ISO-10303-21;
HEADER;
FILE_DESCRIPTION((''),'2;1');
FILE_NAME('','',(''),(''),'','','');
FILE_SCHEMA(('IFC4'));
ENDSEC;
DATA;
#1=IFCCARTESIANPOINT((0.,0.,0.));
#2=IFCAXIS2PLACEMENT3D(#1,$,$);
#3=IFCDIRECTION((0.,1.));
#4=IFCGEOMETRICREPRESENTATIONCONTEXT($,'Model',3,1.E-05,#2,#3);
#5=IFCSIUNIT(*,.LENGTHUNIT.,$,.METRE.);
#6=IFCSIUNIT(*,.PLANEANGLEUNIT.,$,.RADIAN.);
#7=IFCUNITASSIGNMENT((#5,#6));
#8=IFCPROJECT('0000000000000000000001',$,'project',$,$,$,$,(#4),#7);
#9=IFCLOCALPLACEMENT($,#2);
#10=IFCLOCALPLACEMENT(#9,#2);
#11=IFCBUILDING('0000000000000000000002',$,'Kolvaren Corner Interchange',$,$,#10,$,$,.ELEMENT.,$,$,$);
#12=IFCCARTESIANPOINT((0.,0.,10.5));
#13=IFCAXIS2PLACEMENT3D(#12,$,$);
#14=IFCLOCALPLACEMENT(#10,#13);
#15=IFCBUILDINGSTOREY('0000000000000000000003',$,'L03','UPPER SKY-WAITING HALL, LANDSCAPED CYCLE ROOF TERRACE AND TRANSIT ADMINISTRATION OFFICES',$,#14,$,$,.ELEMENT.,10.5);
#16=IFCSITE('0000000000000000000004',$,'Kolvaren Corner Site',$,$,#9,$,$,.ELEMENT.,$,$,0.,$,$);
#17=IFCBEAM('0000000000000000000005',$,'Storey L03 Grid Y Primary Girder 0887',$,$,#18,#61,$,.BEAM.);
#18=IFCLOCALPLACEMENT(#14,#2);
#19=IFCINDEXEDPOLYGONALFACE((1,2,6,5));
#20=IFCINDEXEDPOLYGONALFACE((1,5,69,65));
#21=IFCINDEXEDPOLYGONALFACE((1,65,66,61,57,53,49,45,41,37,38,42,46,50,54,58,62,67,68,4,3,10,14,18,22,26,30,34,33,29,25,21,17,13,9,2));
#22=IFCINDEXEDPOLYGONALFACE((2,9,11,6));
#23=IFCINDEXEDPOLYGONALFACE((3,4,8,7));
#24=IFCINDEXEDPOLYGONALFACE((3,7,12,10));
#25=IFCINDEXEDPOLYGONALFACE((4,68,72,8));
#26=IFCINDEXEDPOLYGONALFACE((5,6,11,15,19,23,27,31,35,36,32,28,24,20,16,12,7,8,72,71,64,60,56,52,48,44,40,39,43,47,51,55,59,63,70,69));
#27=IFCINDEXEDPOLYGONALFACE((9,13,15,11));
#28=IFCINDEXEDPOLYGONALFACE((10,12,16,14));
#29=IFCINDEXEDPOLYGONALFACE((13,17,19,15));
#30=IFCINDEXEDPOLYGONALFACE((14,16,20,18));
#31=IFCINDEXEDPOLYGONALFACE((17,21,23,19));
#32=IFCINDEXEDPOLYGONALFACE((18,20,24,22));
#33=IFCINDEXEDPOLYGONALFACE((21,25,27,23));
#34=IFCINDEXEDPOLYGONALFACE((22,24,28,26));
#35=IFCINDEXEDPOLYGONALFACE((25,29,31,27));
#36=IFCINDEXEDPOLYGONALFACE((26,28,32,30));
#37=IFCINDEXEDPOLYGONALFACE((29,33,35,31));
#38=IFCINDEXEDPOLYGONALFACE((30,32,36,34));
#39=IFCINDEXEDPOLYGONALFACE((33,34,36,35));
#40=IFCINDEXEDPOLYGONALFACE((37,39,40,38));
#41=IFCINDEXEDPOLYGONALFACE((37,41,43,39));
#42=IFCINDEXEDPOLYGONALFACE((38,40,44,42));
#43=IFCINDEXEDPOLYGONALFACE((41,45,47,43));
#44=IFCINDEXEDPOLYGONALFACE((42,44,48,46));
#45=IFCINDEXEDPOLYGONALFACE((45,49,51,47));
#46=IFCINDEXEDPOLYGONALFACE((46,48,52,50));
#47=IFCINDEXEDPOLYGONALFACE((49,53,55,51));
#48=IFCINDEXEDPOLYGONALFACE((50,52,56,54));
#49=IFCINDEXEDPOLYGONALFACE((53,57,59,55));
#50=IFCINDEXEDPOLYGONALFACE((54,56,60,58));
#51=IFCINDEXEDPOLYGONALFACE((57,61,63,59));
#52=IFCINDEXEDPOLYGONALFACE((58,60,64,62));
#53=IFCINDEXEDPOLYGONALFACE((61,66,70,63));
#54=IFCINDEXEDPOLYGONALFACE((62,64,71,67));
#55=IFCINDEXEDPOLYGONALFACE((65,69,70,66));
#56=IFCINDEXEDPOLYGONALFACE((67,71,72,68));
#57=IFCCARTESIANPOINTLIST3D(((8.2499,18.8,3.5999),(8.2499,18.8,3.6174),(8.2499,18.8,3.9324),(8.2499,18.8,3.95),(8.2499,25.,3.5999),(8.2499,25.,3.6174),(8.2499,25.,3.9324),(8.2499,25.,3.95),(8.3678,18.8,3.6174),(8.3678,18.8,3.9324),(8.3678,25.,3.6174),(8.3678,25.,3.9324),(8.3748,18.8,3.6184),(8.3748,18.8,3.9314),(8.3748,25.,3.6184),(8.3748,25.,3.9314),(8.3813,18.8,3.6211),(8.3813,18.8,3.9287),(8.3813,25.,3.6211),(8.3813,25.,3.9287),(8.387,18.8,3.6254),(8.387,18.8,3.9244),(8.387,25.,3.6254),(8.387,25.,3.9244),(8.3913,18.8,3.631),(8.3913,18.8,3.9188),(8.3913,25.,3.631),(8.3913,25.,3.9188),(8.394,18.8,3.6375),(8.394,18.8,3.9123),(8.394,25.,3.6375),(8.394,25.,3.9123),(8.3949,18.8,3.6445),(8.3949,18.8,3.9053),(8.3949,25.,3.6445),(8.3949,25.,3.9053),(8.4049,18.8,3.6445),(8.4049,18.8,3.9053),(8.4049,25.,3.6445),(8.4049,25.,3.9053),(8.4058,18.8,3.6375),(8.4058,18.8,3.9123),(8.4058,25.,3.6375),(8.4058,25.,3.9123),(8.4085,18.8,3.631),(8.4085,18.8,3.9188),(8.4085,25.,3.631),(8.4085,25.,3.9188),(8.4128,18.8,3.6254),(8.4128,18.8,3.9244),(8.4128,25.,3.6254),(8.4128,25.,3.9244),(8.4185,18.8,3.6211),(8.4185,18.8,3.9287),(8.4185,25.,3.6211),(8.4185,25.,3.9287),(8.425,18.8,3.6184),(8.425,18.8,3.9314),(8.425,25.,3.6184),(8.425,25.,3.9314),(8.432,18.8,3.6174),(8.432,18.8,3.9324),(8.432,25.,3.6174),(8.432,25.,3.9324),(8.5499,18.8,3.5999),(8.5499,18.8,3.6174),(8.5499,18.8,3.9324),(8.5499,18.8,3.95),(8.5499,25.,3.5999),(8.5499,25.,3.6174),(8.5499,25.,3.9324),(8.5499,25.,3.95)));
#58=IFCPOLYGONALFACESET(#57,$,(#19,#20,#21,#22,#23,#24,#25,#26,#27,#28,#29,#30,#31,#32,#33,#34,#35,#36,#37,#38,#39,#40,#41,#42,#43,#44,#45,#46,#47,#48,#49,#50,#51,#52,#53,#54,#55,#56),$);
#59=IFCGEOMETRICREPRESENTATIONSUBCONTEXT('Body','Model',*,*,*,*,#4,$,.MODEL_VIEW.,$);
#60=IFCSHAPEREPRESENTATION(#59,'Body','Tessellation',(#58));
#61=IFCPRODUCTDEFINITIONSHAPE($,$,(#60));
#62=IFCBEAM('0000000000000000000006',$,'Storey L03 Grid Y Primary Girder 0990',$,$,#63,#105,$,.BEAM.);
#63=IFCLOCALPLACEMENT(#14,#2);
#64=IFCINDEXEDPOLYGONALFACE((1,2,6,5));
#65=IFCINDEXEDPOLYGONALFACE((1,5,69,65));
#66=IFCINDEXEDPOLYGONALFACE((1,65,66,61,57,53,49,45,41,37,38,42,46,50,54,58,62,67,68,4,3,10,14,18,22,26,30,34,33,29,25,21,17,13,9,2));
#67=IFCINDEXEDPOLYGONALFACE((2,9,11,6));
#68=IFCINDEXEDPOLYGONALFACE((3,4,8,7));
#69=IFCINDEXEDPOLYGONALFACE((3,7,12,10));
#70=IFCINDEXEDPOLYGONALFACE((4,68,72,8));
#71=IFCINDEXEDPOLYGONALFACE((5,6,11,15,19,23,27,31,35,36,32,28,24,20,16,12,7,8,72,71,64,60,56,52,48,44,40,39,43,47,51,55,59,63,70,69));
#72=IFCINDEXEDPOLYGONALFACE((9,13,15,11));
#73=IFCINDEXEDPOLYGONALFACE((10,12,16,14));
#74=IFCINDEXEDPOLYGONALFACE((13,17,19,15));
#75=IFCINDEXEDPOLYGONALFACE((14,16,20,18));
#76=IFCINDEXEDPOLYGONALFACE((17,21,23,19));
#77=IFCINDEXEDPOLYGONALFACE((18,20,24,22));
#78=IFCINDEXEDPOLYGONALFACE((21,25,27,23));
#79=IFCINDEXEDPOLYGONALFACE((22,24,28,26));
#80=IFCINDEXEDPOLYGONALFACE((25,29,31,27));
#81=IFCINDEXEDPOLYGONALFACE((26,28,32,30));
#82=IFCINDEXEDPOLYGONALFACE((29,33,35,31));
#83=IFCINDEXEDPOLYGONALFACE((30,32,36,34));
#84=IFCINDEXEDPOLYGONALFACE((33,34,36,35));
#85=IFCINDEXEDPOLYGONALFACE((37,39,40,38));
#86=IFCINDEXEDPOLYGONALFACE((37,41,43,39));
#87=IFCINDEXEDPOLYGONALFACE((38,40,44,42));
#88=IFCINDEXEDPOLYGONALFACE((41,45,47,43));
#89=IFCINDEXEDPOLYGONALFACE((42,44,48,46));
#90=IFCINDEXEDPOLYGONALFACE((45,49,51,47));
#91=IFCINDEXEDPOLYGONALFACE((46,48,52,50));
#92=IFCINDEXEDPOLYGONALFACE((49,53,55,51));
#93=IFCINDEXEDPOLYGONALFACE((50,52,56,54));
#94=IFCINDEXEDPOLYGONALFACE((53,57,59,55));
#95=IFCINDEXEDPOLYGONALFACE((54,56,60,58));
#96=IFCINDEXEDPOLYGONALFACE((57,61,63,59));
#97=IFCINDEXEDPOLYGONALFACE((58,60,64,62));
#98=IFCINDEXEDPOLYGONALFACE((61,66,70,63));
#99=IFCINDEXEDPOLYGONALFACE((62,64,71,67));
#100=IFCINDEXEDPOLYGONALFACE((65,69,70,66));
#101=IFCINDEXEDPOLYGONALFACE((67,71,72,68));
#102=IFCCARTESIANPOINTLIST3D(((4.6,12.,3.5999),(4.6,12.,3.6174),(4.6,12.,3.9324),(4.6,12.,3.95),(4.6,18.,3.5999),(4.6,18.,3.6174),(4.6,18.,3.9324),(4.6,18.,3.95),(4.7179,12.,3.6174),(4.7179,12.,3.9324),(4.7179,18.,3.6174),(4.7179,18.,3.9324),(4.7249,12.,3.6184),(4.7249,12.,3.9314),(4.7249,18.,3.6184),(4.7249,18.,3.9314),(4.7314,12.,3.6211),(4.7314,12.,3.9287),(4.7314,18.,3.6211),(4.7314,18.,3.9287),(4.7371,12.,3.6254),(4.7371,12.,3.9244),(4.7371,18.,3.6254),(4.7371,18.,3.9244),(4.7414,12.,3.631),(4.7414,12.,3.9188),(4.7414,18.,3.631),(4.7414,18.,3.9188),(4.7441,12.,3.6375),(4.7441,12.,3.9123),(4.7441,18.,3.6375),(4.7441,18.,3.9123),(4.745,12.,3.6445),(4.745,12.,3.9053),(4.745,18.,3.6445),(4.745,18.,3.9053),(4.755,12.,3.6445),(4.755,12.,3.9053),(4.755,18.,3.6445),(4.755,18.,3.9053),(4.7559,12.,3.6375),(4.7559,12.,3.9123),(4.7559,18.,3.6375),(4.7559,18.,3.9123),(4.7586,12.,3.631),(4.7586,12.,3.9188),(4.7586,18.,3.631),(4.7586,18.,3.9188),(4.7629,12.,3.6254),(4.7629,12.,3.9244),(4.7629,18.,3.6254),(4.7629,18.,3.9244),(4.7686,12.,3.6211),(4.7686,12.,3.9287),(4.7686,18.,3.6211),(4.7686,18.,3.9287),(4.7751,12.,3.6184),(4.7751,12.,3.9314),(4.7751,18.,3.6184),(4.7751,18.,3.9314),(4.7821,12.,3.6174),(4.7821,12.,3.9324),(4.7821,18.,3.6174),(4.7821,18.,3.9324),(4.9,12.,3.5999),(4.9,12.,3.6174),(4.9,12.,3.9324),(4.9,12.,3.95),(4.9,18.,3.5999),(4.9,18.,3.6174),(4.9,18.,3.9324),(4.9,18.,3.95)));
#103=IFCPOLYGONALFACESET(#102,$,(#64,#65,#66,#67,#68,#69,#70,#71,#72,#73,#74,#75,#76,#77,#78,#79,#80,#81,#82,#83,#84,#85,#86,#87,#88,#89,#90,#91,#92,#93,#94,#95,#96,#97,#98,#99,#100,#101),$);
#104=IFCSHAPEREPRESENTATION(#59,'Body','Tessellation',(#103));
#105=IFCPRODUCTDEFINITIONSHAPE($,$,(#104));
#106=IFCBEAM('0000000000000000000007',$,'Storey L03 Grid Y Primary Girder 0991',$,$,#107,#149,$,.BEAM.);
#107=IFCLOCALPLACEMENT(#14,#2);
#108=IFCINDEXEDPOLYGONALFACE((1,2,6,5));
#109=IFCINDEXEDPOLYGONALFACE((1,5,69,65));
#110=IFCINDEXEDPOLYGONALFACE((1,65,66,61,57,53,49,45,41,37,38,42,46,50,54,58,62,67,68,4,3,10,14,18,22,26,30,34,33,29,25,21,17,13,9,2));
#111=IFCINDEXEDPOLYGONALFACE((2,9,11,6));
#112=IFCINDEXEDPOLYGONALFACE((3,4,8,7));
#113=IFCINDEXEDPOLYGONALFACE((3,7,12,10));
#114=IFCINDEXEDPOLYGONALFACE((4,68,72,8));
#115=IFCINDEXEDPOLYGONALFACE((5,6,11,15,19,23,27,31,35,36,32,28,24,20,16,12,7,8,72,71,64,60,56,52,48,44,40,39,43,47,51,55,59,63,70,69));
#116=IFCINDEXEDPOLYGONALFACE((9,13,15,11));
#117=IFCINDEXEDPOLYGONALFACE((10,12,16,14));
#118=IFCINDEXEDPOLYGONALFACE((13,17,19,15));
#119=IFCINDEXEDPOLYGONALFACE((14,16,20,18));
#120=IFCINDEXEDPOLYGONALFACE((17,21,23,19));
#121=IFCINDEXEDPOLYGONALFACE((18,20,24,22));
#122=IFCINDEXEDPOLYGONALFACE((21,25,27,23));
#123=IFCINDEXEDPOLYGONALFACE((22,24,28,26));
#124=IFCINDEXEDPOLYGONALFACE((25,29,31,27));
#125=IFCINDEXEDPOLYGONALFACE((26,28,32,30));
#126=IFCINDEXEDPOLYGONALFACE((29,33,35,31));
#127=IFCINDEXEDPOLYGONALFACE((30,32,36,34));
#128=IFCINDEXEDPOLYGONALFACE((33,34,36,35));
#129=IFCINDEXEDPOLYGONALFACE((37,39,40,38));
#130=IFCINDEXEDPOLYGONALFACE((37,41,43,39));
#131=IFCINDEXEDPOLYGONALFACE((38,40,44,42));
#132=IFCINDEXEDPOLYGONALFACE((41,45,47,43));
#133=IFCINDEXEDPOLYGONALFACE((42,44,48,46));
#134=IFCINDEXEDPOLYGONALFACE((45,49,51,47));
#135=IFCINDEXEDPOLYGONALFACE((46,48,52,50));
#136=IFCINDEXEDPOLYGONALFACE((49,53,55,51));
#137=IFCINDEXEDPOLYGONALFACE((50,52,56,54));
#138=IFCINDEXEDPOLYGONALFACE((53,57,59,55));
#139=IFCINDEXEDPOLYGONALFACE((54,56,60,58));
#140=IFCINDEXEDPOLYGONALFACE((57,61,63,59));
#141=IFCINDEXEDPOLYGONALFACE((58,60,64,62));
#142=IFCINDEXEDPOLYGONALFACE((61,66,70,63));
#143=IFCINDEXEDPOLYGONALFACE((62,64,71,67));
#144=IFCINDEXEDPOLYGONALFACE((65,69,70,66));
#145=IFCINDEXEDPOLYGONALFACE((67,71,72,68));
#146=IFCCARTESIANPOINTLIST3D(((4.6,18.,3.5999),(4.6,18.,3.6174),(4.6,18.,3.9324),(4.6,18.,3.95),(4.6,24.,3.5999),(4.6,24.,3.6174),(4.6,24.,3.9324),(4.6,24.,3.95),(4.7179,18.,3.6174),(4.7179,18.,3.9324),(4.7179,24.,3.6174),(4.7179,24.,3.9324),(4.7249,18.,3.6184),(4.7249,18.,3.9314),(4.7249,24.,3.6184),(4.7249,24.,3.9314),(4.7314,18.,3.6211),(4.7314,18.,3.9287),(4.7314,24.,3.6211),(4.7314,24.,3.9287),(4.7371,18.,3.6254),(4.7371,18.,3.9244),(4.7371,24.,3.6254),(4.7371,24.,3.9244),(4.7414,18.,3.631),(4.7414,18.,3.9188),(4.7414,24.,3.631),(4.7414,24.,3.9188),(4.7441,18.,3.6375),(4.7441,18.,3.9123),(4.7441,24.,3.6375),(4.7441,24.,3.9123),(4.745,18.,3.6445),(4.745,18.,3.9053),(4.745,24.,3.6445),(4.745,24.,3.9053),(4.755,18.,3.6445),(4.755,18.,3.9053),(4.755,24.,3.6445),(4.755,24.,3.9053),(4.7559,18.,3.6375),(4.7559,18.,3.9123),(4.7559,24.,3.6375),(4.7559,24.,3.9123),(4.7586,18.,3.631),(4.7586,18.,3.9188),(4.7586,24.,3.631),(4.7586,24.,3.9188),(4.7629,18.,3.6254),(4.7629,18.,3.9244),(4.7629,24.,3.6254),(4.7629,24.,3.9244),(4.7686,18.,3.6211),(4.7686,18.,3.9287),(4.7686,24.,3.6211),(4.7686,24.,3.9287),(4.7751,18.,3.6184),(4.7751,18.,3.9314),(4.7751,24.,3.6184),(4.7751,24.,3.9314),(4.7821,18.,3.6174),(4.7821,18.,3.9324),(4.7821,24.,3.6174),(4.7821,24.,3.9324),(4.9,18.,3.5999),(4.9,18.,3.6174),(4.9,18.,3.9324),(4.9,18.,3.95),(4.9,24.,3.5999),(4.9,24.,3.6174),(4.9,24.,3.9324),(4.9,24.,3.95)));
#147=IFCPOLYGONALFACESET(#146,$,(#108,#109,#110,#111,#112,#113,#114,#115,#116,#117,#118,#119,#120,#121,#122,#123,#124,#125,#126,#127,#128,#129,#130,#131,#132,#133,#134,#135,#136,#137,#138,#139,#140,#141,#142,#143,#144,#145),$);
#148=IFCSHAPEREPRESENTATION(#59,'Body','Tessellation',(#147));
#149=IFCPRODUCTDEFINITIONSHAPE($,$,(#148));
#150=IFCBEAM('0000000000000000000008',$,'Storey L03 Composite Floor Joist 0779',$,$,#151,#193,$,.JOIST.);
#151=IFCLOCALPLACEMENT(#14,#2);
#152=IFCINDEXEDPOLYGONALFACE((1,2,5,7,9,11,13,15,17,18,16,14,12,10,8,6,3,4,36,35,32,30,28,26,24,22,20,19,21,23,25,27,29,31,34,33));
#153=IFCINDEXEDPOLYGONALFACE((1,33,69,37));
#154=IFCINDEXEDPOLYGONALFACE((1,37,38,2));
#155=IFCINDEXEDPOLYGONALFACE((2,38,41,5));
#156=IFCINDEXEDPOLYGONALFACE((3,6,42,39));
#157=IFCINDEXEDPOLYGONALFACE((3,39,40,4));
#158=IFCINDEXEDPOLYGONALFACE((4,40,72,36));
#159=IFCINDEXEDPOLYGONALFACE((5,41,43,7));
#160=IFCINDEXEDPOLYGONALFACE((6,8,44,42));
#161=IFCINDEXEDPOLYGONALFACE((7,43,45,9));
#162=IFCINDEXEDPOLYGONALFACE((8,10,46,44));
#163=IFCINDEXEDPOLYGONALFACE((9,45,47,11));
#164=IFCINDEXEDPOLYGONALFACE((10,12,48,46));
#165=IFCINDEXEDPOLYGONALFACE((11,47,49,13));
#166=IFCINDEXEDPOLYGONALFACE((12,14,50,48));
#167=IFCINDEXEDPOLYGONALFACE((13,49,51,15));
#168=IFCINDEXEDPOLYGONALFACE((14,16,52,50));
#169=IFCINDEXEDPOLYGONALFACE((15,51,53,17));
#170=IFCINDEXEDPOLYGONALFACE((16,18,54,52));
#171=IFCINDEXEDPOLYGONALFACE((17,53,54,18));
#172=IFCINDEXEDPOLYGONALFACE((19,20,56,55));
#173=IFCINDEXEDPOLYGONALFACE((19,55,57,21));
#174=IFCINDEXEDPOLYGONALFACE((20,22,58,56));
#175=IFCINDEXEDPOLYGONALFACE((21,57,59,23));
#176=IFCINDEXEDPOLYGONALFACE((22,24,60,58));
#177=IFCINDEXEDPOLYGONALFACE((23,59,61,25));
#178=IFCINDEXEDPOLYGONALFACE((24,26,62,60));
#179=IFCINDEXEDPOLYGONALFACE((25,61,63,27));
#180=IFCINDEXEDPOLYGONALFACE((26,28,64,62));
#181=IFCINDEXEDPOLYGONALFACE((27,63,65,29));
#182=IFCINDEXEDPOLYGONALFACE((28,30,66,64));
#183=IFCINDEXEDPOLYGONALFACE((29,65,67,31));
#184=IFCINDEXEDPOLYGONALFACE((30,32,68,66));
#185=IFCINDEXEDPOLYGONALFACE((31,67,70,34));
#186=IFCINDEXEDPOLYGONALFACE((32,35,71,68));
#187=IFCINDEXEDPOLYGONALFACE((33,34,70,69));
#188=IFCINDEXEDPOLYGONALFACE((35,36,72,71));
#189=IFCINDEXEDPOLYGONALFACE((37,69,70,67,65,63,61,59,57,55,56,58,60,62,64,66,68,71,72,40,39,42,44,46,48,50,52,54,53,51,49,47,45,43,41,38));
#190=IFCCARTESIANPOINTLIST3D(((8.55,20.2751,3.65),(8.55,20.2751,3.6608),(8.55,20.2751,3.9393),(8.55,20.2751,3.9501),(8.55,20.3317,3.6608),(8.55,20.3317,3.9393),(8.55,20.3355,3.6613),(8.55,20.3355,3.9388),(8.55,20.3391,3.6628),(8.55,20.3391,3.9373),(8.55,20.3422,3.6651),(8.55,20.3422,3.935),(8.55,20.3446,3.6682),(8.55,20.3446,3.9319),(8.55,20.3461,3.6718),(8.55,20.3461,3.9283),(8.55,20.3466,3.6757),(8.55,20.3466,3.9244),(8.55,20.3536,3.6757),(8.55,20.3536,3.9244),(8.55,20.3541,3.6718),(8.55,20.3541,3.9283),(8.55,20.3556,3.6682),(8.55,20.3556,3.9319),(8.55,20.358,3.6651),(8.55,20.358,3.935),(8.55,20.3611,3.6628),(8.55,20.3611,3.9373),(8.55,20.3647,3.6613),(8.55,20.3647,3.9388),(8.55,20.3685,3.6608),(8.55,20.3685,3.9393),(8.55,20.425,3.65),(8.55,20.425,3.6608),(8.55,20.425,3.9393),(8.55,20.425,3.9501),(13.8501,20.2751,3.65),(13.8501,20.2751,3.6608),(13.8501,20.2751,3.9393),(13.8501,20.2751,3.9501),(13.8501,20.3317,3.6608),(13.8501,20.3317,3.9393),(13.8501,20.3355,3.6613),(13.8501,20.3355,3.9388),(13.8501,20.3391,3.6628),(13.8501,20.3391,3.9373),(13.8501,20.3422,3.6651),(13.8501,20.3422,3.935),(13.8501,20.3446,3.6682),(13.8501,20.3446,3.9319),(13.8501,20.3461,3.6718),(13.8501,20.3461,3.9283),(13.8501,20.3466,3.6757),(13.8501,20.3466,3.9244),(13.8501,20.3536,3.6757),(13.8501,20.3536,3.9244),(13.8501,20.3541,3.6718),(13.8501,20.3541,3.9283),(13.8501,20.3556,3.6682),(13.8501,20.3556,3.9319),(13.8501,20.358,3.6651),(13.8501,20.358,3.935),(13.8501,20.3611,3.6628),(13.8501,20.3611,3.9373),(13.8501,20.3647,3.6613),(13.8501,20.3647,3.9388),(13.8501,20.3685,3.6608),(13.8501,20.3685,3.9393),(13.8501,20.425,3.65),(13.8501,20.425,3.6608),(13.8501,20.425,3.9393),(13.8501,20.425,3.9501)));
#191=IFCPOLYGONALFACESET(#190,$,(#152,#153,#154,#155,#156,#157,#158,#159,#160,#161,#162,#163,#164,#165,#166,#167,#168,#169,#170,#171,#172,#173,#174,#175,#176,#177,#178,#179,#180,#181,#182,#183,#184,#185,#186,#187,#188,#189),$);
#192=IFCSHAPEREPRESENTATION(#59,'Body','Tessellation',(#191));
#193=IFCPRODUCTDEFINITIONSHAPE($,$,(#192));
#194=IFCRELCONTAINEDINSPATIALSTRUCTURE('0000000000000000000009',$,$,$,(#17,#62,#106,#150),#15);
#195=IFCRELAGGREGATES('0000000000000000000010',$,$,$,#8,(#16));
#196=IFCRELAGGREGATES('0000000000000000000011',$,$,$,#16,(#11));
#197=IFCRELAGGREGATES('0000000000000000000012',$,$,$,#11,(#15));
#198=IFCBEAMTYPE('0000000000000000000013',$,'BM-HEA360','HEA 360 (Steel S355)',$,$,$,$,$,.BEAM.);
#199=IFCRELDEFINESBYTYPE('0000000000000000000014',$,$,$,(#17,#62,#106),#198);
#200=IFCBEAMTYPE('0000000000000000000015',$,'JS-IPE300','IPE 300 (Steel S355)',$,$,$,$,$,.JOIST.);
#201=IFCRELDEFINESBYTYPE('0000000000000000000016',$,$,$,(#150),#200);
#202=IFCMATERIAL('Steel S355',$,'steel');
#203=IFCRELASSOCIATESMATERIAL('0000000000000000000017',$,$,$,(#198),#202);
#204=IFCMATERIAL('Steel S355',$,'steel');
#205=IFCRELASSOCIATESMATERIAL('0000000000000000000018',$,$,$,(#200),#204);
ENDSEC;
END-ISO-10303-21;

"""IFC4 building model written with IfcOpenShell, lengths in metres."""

from ifc_helpers import new_model, si_unit, direction, frame, origin, origin_2d, place, context, subcontext, project, spatial, i_section, extrude, material, material_profile, profile_set, type_object, element, save


model = new_model("IFC4")

# Units and contexts
model_context = context("Model", 3, precision=1e-05, world=origin(), true_north=direction((0.0, 1.0)))
body_context = subcontext(model_context, "Body", "Model", "MODEL_VIEW")
ifc_project = project(units=[si_unit("LENGTHUNIT", "METRE"), si_unit("PLANEANGLEUNIT", "RADIAN")], contexts=[model_context])

# Site, building, storey
site_placement = place(None, origin())
site = spatial("IfcSite", under=ifc_project, at=site_placement, Name="Kolvaren Corner Site", CompositionType="ELEMENT", RefElevation=0.0)
building_placement = place(site_placement, origin())
building = spatial("IfcBuilding", under=site, at=building_placement, Name="Kolvaren Corner Interchange", CompositionType="ELEMENT")
storey_placement = place(building_placement, frame((0.0, 0.0, 10.5)))
storey = spatial("IfcBuildingStorey", under=building, at=storey_placement, Name="L03", Description="UPPER SKY-WAITING HALL, LANDSCAPED CYCLE ROOF TERRACE AND TRANSIT ADMINISTRATION OFFICES", CompositionType="ELEMENT", Elevation=10.5)

# Beams
ifc_material_1 = material(Name="Steel S355", Category="steel")
ifc_material_profile_1 = material_profile(ifc_material_1, i_section(OverallWidth=0.3, OverallDepth=0.3501, WebThickness=0.01, FlangeThickness=0.0176, FilletRadius=0.0271, at=origin_2d()), Name="HEA 360")
ifc_profile_set_1 = profile_set([ifc_material_profile_1], Name="Steel S355")
beam_type_1 = type_object("IfcBeamType", Name="BM-HEA360", Description="HEA 360 (Steel S355)", PredefinedType="BEAM", material=ifc_profile_set_1)
beam_1_placement = place(storey_placement, frame((8.3999, 18.8, 3.7749), z_axis=(0.0, 1.0, 0.0), x_axis=(-1.0, 0.0, 0.0)))
element("IfcBeam", 1, at=beam_1_placement, inside=storey, type_object=beam_type_1, Name="Storey L03 Grid Y Primary Girder 0887", PredefinedType="BEAM", context=body_context, shape_type="SweptSolid", body=[
    extrude(i_section(OverallWidth=0.3, OverallDepth=0.3501, WebThickness=0.01, FlangeThickness=0.0176, FilletRadius=0.0271, at=origin_2d()), origin(), (0.0, 0.0, 1.0), 6.2),
])
for number, where, z_axis, x_axis, name in (
    (2, (4.75, 12.0, 3.7749), (0.0, 1.0, 0.0), (-1.0, 0.0, 0.0), "Storey L03 Grid Y Primary Girder 0990"),
    (3, (4.75, 18.0, 3.7749), (0.0, 1.0, 0.0), (-1.0, 0.0, 0.0), "Storey L03 Grid Y Primary Girder 0991"),
):
    element("IfcBeam", number, at=place(storey_placement, frame(where, z_axis=z_axis, x_axis=x_axis)), inside=storey, type_object=beam_type_1, Name=name, PredefinedType="BEAM", context=body_context, shape_type="SweptSolid", body=[
        extrude(i_section(OverallWidth=0.3, OverallDepth=0.3501, WebThickness=0.01, FlangeThickness=0.0176, FilletRadius=0.0271, at=origin_2d()), origin(), (0.0, 0.0, 1.0), 6.0),
    ])
ifc_material_2 = material(Name="Steel S355", Category="steel")
ifc_material_profile_2 = material_profile(ifc_material_2, i_section(OverallWidth=0.1499, OverallDepth=0.3, WebThickness=0.0071, FlangeThickness=0.0107, FilletRadius=0.0149, at=origin_2d()), Name="IPE 300")
ifc_profile_set_2 = profile_set([ifc_material_profile_2], Name="Steel S355")
beam_type_2 = type_object("IfcBeamType", Name="JS-IPE300", Description="IPE 300 (Steel S355)", PredefinedType="JOIST", material=ifc_profile_set_2)
beam_2_placement = place(storey_placement, frame((8.55, 20.3501, 3.8), z_axis=(1.0, 0.0, 0.0), x_axis=(0.0, 1.0, 0.0)))
element("IfcBeam", 4, at=beam_2_placement, inside=storey, type_object=beam_type_2, Name="Storey L03 Composite Floor Joist 0779", PredefinedType="JOIST", context=body_context, shape_type="SweptSolid", body=[
    extrude(i_section(OverallWidth=0.1499, OverallDepth=0.3, WebThickness=0.0071, FlangeThickness=0.0107, FilletRadius=0.0149, at=origin_2d()), origin(), (0.0, 0.0, 1.0), 5.3),
])

save(model, "model.ifc")
